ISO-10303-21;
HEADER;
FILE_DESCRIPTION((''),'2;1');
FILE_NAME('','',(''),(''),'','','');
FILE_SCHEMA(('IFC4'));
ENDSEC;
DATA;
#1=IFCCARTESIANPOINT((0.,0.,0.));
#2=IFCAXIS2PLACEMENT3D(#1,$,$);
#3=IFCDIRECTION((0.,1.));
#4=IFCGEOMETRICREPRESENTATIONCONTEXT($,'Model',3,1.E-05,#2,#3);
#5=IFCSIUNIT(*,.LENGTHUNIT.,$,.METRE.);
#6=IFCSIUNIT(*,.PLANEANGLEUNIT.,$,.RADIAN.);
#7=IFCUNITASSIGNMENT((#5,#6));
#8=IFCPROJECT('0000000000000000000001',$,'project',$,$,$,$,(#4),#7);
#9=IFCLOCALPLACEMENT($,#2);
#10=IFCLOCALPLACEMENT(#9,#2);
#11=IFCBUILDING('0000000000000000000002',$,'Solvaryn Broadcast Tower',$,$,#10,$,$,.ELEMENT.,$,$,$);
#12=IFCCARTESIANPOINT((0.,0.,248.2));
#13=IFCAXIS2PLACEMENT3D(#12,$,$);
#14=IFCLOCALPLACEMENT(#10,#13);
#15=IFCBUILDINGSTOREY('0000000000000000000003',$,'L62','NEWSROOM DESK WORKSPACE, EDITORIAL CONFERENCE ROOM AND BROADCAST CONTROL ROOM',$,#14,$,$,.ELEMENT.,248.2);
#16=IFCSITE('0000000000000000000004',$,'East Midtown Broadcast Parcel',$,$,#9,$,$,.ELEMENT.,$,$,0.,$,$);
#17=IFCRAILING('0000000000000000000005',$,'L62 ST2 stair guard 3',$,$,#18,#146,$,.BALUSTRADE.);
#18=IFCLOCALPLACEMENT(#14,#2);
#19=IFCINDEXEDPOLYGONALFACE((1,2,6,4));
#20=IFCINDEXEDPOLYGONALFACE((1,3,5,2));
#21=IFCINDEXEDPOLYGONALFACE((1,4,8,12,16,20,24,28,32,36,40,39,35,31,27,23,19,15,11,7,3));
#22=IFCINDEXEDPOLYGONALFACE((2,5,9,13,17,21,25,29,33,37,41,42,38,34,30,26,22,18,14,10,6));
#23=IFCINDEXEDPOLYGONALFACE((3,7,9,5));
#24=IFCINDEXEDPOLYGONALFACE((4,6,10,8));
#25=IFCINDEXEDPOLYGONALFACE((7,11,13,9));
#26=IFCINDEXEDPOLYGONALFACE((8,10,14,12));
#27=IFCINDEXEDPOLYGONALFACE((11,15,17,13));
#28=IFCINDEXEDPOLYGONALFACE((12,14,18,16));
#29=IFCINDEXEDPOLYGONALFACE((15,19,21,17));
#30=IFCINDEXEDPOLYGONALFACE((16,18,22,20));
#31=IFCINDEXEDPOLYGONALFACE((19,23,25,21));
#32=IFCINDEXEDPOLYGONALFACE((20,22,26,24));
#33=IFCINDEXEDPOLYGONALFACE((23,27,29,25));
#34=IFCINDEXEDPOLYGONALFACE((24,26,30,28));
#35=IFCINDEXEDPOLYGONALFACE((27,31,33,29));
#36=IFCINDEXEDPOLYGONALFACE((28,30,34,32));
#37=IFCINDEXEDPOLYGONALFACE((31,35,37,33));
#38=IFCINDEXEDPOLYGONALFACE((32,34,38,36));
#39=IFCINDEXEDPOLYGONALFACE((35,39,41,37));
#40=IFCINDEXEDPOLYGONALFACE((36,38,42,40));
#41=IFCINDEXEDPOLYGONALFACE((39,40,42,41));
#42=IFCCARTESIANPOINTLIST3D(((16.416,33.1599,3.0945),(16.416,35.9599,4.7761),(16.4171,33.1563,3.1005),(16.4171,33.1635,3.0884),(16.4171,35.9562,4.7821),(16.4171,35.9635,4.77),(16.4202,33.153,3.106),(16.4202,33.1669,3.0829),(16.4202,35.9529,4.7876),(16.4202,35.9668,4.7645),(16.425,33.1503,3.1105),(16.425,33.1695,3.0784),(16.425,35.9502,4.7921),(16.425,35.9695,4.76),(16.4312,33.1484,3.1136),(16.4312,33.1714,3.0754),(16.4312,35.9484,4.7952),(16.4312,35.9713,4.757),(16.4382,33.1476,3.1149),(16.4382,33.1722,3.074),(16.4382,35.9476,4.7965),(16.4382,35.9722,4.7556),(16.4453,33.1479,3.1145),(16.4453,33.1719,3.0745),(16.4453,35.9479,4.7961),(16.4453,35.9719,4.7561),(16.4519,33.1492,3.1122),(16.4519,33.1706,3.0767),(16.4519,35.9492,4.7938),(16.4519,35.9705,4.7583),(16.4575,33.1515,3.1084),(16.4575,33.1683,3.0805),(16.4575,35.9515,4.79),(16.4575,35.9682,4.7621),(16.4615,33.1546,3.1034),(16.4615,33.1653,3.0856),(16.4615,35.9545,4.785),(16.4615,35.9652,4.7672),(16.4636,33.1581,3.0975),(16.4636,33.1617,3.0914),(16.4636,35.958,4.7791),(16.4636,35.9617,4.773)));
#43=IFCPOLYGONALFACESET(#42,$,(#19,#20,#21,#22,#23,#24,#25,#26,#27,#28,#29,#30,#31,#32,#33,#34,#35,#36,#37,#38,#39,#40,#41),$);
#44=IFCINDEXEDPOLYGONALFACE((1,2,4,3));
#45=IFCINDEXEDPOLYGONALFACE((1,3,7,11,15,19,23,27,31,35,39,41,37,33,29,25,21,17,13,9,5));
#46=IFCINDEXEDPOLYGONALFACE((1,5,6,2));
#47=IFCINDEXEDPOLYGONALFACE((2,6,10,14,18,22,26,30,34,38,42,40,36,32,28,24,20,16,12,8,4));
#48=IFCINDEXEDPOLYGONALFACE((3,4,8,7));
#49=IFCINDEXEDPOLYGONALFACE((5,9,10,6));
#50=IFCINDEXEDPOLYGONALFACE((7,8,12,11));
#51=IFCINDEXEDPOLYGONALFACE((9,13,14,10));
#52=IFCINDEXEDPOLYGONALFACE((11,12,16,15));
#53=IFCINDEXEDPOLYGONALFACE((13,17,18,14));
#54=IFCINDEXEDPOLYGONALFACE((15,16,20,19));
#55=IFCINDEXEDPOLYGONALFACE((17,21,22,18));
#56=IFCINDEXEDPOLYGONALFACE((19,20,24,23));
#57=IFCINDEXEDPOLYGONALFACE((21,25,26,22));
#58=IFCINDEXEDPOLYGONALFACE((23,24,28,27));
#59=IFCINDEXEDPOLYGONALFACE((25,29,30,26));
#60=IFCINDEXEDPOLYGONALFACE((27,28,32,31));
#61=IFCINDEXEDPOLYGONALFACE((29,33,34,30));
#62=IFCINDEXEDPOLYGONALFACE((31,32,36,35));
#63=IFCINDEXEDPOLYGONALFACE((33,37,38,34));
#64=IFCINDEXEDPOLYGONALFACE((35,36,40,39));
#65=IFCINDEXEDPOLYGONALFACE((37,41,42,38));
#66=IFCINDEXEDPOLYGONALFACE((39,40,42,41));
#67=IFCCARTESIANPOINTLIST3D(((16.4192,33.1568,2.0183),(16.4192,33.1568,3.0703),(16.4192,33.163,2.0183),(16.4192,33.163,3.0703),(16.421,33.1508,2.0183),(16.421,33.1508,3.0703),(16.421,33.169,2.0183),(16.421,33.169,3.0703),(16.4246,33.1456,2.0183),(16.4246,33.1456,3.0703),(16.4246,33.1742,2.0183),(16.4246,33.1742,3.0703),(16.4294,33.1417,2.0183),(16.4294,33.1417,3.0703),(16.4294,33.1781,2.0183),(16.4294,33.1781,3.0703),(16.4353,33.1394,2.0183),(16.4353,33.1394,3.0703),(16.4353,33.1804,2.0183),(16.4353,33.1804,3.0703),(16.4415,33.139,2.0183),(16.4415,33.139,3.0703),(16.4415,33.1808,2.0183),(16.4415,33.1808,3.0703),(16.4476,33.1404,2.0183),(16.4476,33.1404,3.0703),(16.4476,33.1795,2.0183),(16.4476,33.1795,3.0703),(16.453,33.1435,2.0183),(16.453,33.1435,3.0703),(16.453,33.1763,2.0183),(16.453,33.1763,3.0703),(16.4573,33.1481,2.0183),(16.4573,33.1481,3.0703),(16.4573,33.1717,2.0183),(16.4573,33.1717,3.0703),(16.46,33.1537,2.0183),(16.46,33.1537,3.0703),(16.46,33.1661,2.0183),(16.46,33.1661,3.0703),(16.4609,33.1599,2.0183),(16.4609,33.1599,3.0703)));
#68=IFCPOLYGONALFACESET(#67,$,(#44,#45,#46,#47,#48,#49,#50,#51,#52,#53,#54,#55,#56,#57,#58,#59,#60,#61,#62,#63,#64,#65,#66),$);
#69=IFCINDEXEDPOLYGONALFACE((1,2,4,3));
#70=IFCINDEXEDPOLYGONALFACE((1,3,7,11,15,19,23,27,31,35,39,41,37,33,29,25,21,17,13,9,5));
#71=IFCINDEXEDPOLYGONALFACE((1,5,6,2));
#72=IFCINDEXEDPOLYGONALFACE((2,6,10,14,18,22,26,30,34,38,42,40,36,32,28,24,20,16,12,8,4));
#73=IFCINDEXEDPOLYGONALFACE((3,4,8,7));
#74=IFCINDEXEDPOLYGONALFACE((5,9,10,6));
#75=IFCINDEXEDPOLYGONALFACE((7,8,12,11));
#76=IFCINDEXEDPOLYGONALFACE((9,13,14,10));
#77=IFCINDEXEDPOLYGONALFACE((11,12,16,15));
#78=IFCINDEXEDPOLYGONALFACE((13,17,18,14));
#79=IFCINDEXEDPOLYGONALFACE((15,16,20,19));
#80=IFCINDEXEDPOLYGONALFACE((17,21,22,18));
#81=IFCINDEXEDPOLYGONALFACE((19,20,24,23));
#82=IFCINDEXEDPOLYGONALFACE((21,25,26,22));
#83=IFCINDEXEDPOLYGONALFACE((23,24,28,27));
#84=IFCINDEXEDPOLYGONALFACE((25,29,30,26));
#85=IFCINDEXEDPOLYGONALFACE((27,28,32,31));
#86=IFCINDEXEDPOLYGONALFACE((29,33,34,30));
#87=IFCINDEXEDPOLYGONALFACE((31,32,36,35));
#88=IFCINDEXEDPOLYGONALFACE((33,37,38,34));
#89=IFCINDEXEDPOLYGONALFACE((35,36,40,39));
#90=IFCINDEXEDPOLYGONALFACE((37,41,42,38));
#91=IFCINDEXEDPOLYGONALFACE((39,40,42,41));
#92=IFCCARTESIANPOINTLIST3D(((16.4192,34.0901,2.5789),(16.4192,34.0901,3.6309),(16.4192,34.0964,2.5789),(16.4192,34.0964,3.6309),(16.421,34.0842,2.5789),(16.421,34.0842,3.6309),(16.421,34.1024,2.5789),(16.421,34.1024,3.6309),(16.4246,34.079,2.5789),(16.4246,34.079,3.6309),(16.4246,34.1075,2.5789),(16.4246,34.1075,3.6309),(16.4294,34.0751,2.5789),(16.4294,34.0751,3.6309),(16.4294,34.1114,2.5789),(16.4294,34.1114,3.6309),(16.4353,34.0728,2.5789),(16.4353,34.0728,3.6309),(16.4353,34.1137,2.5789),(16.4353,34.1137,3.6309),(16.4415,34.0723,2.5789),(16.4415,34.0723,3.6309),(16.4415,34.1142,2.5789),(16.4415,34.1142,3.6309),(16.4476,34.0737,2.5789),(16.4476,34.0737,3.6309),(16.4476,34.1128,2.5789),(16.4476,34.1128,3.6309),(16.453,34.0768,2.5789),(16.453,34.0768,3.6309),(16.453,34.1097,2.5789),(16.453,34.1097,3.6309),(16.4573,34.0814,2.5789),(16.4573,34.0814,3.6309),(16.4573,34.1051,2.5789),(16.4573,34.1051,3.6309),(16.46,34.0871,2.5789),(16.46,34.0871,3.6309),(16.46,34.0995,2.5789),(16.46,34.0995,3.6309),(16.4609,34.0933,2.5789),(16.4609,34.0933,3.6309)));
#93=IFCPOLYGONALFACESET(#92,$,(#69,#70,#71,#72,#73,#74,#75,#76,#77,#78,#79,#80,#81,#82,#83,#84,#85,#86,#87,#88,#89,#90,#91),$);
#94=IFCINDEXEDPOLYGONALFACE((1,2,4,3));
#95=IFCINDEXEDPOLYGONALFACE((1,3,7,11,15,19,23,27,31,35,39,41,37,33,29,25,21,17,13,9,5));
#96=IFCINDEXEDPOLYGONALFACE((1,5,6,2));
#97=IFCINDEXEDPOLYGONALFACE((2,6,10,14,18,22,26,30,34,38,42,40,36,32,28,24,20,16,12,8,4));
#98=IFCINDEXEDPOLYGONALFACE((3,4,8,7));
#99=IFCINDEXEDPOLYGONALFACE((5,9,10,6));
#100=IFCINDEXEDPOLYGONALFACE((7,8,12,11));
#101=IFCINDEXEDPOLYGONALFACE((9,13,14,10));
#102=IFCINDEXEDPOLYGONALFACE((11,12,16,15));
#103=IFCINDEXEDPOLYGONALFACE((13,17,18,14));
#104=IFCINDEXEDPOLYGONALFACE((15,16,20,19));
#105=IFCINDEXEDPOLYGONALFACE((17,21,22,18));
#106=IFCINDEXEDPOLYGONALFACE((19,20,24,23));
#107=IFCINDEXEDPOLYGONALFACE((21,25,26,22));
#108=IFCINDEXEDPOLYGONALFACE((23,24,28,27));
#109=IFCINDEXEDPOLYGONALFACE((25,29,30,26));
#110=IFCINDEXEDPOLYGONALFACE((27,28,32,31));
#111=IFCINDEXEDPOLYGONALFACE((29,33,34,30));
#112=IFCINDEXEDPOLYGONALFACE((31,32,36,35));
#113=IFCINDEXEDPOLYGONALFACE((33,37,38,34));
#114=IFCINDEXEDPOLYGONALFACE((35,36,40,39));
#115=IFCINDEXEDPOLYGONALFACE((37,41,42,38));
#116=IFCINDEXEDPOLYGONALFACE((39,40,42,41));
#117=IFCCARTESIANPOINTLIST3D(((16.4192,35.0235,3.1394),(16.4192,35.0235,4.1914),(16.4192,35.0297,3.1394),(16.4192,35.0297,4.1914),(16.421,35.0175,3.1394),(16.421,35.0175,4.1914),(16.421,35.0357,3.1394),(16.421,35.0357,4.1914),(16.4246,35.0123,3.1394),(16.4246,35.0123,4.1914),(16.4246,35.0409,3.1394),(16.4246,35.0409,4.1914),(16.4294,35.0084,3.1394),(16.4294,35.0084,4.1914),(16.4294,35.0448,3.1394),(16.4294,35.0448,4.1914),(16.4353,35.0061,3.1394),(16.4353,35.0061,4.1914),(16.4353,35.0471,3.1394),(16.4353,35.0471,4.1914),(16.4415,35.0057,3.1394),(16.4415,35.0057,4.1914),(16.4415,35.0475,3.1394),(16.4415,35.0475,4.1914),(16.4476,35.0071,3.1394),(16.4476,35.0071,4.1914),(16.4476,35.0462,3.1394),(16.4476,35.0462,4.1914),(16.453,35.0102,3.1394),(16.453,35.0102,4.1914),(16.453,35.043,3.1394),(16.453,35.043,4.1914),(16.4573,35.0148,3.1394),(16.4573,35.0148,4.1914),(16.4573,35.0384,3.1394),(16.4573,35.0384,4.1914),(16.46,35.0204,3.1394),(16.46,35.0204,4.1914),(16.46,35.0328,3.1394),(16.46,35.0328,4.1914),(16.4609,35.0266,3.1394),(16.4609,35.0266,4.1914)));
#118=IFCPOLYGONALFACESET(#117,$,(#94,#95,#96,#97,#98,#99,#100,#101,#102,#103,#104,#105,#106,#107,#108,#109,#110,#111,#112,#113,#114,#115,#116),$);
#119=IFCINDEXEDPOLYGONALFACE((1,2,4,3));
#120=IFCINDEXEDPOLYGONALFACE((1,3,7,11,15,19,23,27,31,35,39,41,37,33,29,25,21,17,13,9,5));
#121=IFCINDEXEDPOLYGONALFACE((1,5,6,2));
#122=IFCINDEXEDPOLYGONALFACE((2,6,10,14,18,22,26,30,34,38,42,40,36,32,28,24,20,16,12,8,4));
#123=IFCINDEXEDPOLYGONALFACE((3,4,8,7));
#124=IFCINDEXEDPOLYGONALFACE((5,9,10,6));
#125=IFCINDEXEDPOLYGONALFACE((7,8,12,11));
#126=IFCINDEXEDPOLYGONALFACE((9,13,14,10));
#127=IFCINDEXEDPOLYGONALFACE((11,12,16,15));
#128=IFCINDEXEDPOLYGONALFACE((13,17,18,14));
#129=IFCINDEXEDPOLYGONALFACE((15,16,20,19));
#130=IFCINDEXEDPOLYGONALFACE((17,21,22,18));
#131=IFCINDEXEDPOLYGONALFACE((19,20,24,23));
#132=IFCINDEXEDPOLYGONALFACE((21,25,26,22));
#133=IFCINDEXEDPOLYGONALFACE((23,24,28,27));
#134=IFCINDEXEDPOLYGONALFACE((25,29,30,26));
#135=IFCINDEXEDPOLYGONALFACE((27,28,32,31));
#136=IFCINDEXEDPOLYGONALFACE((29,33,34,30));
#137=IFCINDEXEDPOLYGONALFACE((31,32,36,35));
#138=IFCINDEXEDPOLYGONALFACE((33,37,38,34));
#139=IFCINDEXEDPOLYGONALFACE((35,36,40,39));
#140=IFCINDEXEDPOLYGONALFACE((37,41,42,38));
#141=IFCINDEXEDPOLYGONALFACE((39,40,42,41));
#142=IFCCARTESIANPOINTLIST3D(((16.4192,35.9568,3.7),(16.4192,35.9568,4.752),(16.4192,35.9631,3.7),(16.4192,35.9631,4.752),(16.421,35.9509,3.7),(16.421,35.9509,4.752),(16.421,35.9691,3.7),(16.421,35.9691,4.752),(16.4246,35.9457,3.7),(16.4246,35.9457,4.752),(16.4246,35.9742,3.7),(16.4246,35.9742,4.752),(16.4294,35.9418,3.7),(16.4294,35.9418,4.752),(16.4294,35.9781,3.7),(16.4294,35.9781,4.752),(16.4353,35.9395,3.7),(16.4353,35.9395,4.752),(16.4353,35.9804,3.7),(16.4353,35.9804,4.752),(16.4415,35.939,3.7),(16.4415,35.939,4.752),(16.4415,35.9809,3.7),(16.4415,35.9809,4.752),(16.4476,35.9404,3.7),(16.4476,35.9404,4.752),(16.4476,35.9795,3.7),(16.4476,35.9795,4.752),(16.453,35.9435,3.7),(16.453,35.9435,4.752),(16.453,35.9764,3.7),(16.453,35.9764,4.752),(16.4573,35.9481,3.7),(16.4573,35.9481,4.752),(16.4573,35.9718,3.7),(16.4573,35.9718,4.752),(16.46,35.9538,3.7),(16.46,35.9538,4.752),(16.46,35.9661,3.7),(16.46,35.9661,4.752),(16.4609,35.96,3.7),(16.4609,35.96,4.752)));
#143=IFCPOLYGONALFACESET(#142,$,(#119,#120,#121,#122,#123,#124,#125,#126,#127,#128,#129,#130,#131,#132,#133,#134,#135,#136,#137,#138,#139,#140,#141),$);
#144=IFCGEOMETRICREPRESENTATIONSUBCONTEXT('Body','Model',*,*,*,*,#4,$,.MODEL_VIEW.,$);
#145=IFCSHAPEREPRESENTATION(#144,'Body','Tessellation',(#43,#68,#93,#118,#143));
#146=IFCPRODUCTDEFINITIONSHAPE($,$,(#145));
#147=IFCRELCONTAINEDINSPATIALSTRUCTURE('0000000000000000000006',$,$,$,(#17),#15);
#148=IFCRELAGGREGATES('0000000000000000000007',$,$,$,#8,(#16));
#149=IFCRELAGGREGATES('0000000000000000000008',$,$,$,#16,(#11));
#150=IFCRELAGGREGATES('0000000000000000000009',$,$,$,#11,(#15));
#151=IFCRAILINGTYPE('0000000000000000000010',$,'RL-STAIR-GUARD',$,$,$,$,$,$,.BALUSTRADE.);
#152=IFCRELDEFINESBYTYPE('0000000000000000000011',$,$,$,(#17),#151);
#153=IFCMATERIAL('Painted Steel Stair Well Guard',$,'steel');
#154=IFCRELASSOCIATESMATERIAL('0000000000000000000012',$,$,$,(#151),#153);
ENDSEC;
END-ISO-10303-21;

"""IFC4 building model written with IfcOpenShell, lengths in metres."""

from ifc_helpers import new_model, si_unit, direction, frame, origin, origin_2d, place, context, subcontext, project, spatial, circle, extrude, material, type_object, element, save


model = new_model("IFC4")

# Units and contexts
model_context = context("Model", 3, precision=1e-05, world=origin(), true_north=direction((0.0, 1.0)))
body_context = subcontext(model_context, "Body", "Model", "MODEL_VIEW")
ifc_project = project(units=[si_unit("LENGTHUNIT", "METRE"), si_unit("PLANEANGLEUNIT", "RADIAN")], contexts=[model_context])

# Site, building, storey
site_placement = place(None, origin())
site = spatial("IfcSite", under=ifc_project, at=site_placement, Name="East Midtown Broadcast Parcel", CompositionType="ELEMENT", RefElevation=0.0)
building_placement = place(site_placement, origin())
building = spatial("IfcBuilding", under=site, at=building_placement, Name="Solvaryn Broadcast Tower", CompositionType="ELEMENT")
storey_placement = place(building_placement, frame((0.0, 0.0, 248.2)))
storey = spatial("IfcBuildingStorey", under=building, at=storey_placement, Name="L62", Description="NEWSROOM DESK WORKSPACE, EDITORIAL CONFERENCE ROOM AND BROADCAST CONTROL ROOM", CompositionType="ELEMENT", Elevation=248.2)

# Railing
ifc_material_1 = material(Name="Painted Steel Stair Well Guard", Category="steel")
railing_type_1 = type_object("IfcRailingType", Name="RL-STAIR-GUARD", PredefinedType="BALUSTRADE", material=ifc_material_1)
railing_1_placement = place(storey_placement, frame((16.4399, 33.1599, 2.0183)))
element("IfcRailing", 1, at=railing_1_placement, inside=storey, type_object=railing_type_1, Name="L62 ST2 stair guard 3", PredefinedType="BALUSTRADE", context=body_context, shape_type="SweptSolid", body=[
    extrude(circle(Radius=0.0239, at=origin_2d()), frame((0.0, 0.0, 1.0762), z_axis=(0.0, 0.857275, 0.514858), x_axis=(-1.0, 0.0, 0.0)), (0.0, 0.0, 1.0), 3.2661),
    extrude(circle(Radius=0.021, at=origin_2d()), origin(), (0.0, 0.0, 1.0), 1.052),
    extrude(circle(Radius=0.021, at=origin_2d()), frame((0.0, 0.9333, 0.5605)), (0.0, 0.0, 1.0), 1.052),
    extrude(circle(Radius=0.021, at=origin_2d()), frame((0.0, 1.8667, 1.1211)), (0.0, 0.0, 1.0), 1.052),
    extrude(circle(Radius=0.021, at=origin_2d()), frame((0.0, 2.8, 1.6816)), (0.0, 0.0, 1.0), 1.052),
])

save(model, "model.ifc")
